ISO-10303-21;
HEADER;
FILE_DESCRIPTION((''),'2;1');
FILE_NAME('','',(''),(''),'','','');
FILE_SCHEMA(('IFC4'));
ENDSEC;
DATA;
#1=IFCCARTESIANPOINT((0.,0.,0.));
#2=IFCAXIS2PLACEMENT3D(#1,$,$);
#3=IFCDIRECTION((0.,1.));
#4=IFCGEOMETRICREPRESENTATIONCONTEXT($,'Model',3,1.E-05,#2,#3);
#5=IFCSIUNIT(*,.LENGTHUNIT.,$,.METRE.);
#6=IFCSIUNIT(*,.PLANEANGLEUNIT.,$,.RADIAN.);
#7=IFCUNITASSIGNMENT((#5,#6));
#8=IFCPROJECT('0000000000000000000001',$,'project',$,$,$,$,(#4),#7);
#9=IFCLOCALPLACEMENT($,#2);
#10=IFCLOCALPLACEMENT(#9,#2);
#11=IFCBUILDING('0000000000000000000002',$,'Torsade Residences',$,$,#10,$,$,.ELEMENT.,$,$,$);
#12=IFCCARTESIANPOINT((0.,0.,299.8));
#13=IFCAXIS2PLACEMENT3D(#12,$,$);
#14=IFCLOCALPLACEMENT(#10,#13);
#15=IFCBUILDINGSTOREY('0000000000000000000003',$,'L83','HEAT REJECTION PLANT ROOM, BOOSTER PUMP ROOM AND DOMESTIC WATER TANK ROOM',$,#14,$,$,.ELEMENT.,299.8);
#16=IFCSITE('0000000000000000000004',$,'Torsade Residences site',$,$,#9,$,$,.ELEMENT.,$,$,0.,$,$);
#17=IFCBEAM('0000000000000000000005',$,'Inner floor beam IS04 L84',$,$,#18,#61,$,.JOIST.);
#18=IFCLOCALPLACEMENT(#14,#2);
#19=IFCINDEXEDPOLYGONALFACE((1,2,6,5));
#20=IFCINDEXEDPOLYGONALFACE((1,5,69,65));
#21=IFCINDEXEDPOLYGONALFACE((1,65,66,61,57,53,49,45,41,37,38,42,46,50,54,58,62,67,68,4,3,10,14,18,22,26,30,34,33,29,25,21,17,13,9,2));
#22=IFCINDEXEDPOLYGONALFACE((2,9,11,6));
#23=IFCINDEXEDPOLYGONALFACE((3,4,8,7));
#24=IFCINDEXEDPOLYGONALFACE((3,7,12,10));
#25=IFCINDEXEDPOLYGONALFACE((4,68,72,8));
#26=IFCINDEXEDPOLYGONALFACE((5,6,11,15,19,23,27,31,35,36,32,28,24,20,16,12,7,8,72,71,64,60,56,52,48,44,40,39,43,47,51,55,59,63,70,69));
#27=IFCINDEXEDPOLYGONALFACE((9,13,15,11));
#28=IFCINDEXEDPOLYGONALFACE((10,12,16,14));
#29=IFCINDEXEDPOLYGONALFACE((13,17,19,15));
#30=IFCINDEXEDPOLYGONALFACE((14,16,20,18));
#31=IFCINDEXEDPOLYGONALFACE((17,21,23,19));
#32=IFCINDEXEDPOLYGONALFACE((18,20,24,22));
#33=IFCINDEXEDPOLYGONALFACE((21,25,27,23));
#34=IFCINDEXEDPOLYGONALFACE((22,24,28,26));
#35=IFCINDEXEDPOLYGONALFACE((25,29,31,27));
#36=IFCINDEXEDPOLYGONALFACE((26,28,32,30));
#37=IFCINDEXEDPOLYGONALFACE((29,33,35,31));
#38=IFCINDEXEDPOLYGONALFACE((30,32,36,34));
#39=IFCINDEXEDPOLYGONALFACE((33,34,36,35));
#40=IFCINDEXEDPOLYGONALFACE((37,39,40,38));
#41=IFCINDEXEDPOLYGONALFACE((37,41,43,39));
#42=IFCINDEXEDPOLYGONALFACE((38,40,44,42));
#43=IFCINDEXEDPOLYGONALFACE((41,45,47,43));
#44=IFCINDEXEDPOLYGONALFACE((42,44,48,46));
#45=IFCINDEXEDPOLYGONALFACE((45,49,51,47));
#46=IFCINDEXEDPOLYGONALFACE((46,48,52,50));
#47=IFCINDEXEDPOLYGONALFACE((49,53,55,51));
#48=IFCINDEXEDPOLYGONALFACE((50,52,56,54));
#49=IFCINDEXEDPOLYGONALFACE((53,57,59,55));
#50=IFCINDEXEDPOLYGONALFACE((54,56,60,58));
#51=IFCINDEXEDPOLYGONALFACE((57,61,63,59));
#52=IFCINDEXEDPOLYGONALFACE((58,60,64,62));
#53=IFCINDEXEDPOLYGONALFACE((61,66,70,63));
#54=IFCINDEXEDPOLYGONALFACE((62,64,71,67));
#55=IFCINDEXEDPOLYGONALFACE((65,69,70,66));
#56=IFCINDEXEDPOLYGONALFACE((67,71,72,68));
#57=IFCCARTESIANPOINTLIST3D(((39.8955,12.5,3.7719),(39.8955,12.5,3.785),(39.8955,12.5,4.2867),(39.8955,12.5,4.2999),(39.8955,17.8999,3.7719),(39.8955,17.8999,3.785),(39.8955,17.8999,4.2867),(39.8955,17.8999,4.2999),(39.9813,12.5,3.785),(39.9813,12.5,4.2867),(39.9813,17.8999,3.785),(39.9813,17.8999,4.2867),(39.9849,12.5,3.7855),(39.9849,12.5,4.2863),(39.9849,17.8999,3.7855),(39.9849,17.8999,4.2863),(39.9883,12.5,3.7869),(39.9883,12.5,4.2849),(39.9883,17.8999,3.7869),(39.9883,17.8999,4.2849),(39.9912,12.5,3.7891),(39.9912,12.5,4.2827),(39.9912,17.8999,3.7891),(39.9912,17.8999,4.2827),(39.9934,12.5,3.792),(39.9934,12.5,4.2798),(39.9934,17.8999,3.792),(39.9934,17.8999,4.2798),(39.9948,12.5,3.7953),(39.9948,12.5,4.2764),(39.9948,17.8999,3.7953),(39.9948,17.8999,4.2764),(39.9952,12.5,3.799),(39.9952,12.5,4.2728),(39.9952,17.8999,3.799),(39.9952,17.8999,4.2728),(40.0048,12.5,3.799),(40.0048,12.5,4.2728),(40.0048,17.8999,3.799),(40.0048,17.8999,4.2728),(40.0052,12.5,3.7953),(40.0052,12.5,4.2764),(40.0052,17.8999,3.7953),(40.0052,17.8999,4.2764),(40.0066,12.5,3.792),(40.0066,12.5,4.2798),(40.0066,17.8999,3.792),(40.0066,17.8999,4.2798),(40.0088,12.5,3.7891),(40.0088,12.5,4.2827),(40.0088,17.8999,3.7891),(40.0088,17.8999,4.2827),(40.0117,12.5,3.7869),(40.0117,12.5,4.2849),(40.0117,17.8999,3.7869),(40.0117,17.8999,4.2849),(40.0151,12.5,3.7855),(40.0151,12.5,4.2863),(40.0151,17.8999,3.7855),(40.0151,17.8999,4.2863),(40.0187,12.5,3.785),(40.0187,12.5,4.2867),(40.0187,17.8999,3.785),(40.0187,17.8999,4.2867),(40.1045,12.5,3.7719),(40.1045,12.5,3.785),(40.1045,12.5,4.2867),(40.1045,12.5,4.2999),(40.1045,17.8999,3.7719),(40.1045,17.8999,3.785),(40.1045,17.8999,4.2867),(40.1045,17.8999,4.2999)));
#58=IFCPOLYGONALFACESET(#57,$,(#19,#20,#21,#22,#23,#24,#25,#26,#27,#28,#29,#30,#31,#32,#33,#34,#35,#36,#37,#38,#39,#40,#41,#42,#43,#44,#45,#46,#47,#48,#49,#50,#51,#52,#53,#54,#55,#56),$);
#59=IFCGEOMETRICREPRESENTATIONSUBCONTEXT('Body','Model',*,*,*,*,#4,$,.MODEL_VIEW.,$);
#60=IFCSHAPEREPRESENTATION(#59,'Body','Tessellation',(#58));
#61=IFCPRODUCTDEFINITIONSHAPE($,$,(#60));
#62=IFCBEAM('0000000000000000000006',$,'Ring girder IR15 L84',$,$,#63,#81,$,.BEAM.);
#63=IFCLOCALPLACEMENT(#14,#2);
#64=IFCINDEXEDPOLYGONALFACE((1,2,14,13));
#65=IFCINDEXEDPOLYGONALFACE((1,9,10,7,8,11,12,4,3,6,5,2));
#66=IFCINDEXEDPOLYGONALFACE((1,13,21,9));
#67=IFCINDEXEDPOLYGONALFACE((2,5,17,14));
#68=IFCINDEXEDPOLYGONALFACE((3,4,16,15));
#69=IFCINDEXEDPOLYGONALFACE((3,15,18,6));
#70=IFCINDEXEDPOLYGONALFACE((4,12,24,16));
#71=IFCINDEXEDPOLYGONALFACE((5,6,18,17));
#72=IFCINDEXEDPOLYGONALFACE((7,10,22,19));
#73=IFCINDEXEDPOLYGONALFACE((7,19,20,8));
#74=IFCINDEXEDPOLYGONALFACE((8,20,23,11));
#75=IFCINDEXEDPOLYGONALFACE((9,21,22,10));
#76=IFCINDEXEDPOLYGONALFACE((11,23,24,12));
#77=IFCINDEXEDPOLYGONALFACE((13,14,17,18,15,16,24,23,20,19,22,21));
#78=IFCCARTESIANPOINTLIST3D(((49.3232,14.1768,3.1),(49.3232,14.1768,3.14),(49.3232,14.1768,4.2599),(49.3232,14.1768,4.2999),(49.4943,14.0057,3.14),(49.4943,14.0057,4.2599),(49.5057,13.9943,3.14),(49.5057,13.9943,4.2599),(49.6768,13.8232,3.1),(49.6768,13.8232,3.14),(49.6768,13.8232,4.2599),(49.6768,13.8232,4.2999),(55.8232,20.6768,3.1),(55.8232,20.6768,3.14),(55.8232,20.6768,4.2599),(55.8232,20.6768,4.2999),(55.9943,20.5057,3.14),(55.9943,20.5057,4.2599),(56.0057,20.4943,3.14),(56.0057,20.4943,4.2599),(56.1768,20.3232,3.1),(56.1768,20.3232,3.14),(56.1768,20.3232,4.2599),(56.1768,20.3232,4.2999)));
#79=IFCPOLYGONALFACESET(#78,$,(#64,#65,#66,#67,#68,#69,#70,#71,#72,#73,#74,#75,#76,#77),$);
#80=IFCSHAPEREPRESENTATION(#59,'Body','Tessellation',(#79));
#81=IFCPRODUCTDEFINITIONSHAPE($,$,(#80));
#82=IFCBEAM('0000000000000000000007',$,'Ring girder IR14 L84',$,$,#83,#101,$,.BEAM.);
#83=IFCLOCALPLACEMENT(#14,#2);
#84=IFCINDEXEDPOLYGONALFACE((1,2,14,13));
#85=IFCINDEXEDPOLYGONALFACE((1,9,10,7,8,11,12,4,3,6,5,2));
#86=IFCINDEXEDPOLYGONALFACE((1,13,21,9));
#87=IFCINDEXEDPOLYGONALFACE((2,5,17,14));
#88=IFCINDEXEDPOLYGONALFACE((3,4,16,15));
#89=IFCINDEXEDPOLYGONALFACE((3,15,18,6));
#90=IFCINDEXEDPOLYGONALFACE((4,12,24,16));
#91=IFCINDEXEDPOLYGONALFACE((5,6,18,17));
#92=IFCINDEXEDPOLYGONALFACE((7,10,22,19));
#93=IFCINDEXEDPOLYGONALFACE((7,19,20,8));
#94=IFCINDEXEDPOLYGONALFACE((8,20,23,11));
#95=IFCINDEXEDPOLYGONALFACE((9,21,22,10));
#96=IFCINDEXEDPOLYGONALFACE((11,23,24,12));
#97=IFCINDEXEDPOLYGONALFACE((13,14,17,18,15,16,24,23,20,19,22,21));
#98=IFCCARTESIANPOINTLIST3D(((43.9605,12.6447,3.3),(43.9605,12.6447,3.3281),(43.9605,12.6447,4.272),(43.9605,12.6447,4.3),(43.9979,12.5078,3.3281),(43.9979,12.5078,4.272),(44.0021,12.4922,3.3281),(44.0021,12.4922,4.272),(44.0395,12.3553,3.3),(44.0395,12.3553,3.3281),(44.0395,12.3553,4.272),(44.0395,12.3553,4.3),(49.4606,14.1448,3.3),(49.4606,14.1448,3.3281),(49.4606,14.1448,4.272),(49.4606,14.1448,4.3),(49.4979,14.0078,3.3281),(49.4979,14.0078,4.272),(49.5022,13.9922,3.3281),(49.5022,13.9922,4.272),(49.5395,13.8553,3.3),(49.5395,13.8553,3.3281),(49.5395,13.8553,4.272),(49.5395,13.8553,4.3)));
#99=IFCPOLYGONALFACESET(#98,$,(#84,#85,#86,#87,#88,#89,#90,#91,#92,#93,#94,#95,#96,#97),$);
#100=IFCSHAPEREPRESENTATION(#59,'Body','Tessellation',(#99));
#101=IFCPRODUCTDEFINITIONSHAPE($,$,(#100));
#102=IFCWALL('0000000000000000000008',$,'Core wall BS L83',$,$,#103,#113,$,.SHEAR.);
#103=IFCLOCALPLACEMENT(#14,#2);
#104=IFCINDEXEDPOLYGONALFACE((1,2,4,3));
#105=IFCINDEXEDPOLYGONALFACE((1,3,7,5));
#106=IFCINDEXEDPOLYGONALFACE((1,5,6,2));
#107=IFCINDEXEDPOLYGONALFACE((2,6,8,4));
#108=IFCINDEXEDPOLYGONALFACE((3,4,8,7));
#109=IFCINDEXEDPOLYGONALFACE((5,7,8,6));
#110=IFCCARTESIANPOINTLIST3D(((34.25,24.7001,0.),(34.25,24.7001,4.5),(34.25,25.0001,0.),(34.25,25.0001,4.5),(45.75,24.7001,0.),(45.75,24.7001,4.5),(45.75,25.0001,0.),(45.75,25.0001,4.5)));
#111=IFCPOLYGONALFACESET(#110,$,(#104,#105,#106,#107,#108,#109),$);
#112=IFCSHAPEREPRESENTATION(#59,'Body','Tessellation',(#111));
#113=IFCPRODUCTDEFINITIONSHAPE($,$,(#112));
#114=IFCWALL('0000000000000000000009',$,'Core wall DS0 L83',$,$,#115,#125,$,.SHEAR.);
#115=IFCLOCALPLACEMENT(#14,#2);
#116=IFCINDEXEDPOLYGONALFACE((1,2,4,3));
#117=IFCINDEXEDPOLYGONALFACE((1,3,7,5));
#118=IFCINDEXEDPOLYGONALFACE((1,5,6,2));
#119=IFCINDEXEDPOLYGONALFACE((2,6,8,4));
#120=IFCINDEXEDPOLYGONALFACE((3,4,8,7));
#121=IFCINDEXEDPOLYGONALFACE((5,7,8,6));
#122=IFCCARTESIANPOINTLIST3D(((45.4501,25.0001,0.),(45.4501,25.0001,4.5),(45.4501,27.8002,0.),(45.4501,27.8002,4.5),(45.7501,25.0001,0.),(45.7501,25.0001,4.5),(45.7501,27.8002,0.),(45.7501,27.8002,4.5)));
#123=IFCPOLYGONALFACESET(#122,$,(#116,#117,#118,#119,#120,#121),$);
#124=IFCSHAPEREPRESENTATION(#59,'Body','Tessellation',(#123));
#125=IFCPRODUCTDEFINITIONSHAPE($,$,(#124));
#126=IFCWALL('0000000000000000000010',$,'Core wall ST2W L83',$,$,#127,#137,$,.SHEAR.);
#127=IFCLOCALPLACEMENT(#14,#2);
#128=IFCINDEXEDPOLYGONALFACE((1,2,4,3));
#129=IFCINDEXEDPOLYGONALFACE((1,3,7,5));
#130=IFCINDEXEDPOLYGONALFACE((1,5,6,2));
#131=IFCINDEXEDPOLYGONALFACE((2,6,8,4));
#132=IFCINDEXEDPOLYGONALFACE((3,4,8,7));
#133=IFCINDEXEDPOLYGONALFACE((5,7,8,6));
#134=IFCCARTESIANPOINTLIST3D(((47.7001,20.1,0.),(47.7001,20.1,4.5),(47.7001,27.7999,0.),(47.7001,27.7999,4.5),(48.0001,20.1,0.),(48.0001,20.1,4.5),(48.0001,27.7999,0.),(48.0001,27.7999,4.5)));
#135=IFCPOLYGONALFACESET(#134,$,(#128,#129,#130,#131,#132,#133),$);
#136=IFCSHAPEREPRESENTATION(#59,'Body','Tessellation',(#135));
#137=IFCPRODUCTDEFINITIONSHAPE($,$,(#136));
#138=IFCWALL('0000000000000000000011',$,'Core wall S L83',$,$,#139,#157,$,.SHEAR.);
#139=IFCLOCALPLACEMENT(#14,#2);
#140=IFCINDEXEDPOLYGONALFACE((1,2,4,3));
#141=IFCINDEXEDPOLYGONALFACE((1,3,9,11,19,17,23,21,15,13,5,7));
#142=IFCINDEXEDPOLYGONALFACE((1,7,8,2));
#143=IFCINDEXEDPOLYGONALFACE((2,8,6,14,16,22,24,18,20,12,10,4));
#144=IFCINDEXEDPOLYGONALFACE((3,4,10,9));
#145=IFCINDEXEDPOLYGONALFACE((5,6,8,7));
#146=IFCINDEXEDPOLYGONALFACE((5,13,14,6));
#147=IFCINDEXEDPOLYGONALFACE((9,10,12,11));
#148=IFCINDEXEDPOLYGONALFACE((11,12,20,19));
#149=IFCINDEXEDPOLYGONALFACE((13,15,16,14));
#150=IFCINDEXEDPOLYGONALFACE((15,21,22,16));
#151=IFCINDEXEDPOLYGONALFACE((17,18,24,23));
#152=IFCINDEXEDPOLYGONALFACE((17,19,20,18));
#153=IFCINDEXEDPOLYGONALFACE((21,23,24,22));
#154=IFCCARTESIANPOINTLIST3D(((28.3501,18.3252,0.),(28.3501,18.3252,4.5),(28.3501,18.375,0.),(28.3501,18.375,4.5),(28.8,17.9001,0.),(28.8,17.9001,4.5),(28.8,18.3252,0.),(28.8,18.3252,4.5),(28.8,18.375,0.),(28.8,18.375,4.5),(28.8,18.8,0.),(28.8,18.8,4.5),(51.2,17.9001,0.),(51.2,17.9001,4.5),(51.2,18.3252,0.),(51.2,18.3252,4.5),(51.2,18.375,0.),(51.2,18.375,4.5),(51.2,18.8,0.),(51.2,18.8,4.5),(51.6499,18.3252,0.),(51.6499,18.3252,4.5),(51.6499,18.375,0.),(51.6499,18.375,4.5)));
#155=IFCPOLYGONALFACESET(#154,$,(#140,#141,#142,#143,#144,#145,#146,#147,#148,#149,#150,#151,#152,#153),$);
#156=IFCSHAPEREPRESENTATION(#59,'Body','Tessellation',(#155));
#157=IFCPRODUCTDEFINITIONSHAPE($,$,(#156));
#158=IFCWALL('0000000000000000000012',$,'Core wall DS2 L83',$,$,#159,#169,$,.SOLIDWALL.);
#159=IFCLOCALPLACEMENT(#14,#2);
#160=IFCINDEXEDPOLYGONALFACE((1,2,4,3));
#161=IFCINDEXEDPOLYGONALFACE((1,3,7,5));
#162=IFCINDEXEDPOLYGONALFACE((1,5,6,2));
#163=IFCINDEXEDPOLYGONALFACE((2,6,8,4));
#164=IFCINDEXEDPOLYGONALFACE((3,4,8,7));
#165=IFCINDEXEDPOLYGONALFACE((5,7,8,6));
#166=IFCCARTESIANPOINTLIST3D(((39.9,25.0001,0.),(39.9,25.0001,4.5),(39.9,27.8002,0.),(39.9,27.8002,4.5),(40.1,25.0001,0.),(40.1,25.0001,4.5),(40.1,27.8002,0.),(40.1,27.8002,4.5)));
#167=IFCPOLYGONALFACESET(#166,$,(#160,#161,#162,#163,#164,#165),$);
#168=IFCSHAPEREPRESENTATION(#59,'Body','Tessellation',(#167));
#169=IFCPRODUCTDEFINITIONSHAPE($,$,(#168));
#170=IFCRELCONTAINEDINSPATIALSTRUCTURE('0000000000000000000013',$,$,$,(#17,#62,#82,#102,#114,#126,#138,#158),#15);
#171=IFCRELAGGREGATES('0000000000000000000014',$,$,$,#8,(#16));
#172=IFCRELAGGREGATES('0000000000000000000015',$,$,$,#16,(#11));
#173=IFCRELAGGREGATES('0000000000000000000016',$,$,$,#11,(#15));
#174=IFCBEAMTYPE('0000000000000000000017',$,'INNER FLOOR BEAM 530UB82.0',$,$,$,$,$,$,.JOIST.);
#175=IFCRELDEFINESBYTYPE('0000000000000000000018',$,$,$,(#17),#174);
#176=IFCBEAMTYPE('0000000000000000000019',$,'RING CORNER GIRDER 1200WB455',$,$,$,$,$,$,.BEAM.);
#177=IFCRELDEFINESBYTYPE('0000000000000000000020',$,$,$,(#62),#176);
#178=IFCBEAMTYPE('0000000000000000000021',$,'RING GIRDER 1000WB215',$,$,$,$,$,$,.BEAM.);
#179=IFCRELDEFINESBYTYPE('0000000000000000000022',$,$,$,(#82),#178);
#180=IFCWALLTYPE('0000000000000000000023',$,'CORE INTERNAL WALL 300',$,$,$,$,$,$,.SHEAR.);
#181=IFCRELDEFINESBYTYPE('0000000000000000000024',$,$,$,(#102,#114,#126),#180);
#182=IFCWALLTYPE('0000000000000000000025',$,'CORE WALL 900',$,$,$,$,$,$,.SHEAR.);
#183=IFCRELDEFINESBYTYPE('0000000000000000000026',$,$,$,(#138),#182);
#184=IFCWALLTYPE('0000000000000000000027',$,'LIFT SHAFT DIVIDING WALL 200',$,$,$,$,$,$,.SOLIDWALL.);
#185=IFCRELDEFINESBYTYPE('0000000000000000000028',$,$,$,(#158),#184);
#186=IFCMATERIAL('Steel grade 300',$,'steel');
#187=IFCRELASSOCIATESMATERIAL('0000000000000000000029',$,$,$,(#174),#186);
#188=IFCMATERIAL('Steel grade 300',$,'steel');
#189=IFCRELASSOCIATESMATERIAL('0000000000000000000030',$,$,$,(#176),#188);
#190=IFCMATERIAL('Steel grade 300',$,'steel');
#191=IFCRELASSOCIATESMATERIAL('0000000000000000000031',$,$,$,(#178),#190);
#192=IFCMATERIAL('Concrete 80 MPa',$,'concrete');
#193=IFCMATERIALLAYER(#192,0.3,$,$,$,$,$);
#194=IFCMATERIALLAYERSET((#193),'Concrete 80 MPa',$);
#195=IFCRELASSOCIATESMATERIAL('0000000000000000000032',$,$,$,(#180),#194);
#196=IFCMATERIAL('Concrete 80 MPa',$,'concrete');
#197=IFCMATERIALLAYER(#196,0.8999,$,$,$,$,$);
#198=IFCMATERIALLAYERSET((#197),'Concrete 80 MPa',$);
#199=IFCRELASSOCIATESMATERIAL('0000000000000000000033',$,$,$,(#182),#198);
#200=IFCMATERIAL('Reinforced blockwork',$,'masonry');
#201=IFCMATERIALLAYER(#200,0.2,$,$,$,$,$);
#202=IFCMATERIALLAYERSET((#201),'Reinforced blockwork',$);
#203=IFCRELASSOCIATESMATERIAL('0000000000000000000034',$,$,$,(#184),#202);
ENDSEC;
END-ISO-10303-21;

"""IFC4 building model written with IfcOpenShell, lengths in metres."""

from ifc_helpers import new_model, si_unit, direction, frame, frame_2d, origin, origin_2d, place, context, subcontext, project, spatial, polyline, rectangle, i_section, outline, extrude, material, layer, layer_set, material_profile, profile_set, type_object, element, save


model = new_model("IFC4")

# Units and contexts
model_context = context("Model", 3, precision=1e-05, world=origin(), true_north=direction((0.0, 1.0)))
body_context = subcontext(model_context, "Body", "Model", "MODEL_VIEW")
ifc_project = project(units=[si_unit("LENGTHUNIT", "METRE"), si_unit("PLANEANGLEUNIT", "RADIAN")], contexts=[model_context])

# Site, building, storey
site_placement = place(None, origin())
site = spatial("IfcSite", under=ifc_project, at=site_placement, Name="Torsade Residences site", CompositionType="ELEMENT", RefElevation=0.0)
building_placement = place(site_placement, origin())
building = spatial("IfcBuilding", under=site, at=building_placement, Name="Torsade Residences", CompositionType="ELEMENT")
storey_placement = place(building_placement, frame((0.0, 0.0, 299.8)))
storey = spatial("IfcBuildingStorey", under=building, at=storey_placement, Name="L83", Description="HEAT REJECTION PLANT ROOM, BOOSTER PUMP ROOM AND DOMESTIC WATER TANK ROOM", CompositionType="ELEMENT", Elevation=299.8)

# Beams
ifc_material_1 = material(Name="Steel grade 300", Category="steel")
ifc_material_profile_1 = material_profile(ifc_material_1, i_section(OverallWidth=0.209, OverallDepth=0.5281, WebThickness=0.0095, FlangeThickness=0.0132, FilletRadius=0.0139, at=origin_2d()), Name="530UB82.0")
ifc_profile_set_1 = profile_set([ifc_material_profile_1], Name="Steel grade 300")
beam_type_1 = type_object("IfcBeamType", Name="INNER FLOOR BEAM 530UB82.0", PredefinedType="JOIST", material=ifc_profile_set_1)
for number, where, z_axis, x_axis, name in (
    (1, (40.0, 17.8999, 4.0359), (0.0, -1.0, 0.0), (1.0, 0.0, 0.0), "Inner floor beam IS04 L84"),
):
    element("IfcBeam", number, at=place(storey_placement, frame(where, z_axis=z_axis, x_axis=x_axis)), inside=storey, type_object=beam_type_1, Name=name, PredefinedType="JOIST", context=body_context, shape_type="SweptSolid", body=[
        extrude(i_section(OverallWidth=0.209, OverallDepth=0.5281, WebThickness=0.0095, FlangeThickness=0.0132, FilletRadius=0.0139, at=origin_2d()), origin(), (0.0, 0.0, 1.0), 5.3999),
    ])
ifc_material_2 = material(Name="Steel grade 300", Category="steel")
ifc_material_profile_2 = material_profile(ifc_material_2, i_section(OverallWidth=0.5, OverallDepth=1.2, WebThickness=0.0161, FlangeThickness=0.04, at=origin_2d()), Name="1200WB455")
ifc_profile_set_2 = profile_set([ifc_material_profile_2], Name="Steel grade 300")
beam_type_2 = type_object("IfcBeamType", Name="RING CORNER GIRDER 1200WB455", PredefinedType="BEAM", material=ifc_profile_set_2)
beam_1_placement = place(storey_placement, frame((49.5, 14.0, 3.7), z_axis=(0.707107, 0.707107, 0.0), x_axis=(-0.707107, 0.707107, 0.0)))
element("IfcBeam", 2, at=beam_1_placement, inside=storey, type_object=beam_type_2, Name="Ring girder IR15 L84", PredefinedType="BEAM", context=body_context, shape_type="SweptSolid", body=[
    extrude(i_section(OverallWidth=0.5, OverallDepth=1.2, WebThickness=0.0161, FlangeThickness=0.04, at=origin_2d()), origin(), (0.0, 0.0, 1.0), 9.1924),
])
ifc_material_3 = material(Name="Steel grade 300", Category="steel")
ifc_material_profile_3 = material_profile(ifc_material_3, i_section(OverallWidth=0.3, OverallDepth=1.0, WebThickness=0.0161, FlangeThickness=0.0281, at=origin_2d()), Name="1000WB215")
ifc_profile_set_3 = profile_set([ifc_material_profile_3], Name="Steel grade 300")
beam_type_3 = type_object("IfcBeamType", Name="RING GIRDER 1000WB215", PredefinedType="BEAM", material=ifc_profile_set_3)
beam_2_placement = place(storey_placement, frame((44.0, 12.5, 3.8), z_axis=(0.964764, 0.263117, 0.0), x_axis=(-0.263117, 0.964764, 0.0)))
element("IfcBeam", 3, at=beam_2_placement, inside=storey, type_object=beam_type_3, Name="Ring girder IR14 L84", PredefinedType="BEAM", context=body_context, shape_type="SweptSolid", body=[
    extrude(i_section(OverallWidth=0.3, OverallDepth=1.0, WebThickness=0.0161, FlangeThickness=0.0281, at=origin_2d()), origin(), (0.0, 0.0, 1.0), 5.7009),
])

# Walls
ifc_material_4 = material(Name="Concrete 80 MPa", Category="concrete")
ifc_layer_1 = layer(ifc_material_4, 0.3)
ifc_layer_set_1 = layer_set([ifc_layer_1], Name="Concrete 80 MPa")
wall_type_1 = type_object("IfcWallType", Name="CORE INTERNAL WALL 300", PredefinedType="SHEAR", material=ifc_layer_set_1)
wall_1_placement = place(storey_placement, frame((45.75, 24.8501, 0.0), z_axis=(0.0, 0.0, 1.0), x_axis=(-1.0, 0.0, 0.0)))
element("IfcWall", 4, at=wall_1_placement, inside=storey, type_object=wall_type_1, Name="Core wall BS L83", PredefinedType="SHEAR", context=body_context, shape_type="SweptSolid", body=[
    extrude(rectangle(XDim=11.5, YDim=0.3, at=frame_2d((5.75, 0.0))), origin(), (0.0, 0.0, 1.0), 4.5),
])
wall_2_placement = place(storey_placement, frame((45.6001, 27.8, 0.0), z_axis=(0.0, 0.0, 1.0), x_axis=(0.0, -1.0, 0.0)))
element("IfcWall", 5, at=wall_2_placement, inside=storey, type_object=wall_type_1, Name="Core wall DS0 L83", PredefinedType="SHEAR", context=body_context, shape_type="SweptSolid", body=[
    extrude(rectangle(XDim=2.8, YDim=0.3, at=frame_2d((1.3999, 0.0))), origin(), (0.0, 0.0, 1.0), 4.5),
])
wall_3_placement = place(storey_placement, frame((47.8501, 27.8, 0.0), z_axis=(0.0, 0.0, 1.0), x_axis=(0.0, -1.0, 0.0)))
element("IfcWall", 6, at=wall_3_placement, inside=storey, type_object=wall_type_1, Name="Core wall ST2W L83", PredefinedType="SHEAR", context=body_context, shape_type="SweptSolid", body=[
    extrude(rectangle(XDim=7.7, YDim=0.3, at=frame_2d((3.8501, 0.0))), origin(), (0.0, 0.0, 1.0), 4.5),
])
ifc_material_5 = material(Name="Concrete 80 MPa", Category="concrete")
ifc_layer_2 = layer(ifc_material_5, 0.8999)
ifc_layer_set_2 = layer_set([ifc_layer_2], Name="Concrete 80 MPa")
wall_type_2 = type_object("IfcWallType", Name="CORE WALL 900", PredefinedType="SHEAR", material=ifc_layer_set_2)
wall_4_placement = place(storey_placement, frame((51.2, 18.3501, 0.0), z_axis=(0.0, 0.0, 1.0), x_axis=(-1.0, 0.0, 0.0)))
element("IfcWall", 7, at=wall_4_placement, inside=storey, type_object=wall_type_2, Name="Core wall S L83", PredefinedType="SHEAR", context=body_context, shape_type="SweptSolid", body=[
    extrude(outline(polyline([(0.0, -0.45), (22.3999, -0.45), (22.3999, -0.0249), (22.8499, -0.0249), (22.8499, 0.0249), (22.3999, 0.0249), (22.3999, 0.45), (0.0, 0.45), (0.0, 0.0249), (-0.45, 0.0249), (-0.45, -0.0249), (0.0, -0.0249), (0.0, -0.45)])), origin(), (0.0, 0.0, 1.0), 4.5),
])
ifc_material_6 = material(Name="Reinforced blockwork", Category="masonry")
ifc_layer_3 = layer(ifc_material_6, 0.2)
ifc_layer_set_3 = layer_set([ifc_layer_3], Name="Reinforced blockwork")
wall_type_3 = type_object("IfcWallType", Name="LIFT SHAFT DIVIDING WALL 200", PredefinedType="SOLIDWALL", material=ifc_layer_set_3)
wall_5_placement = place(storey_placement, frame((40.0, 27.8, 0.0), z_axis=(0.0, 0.0, 1.0), x_axis=(0.0, -1.0, 0.0)))
element("IfcWall", 8, at=wall_5_placement, inside=storey, type_object=wall_type_3, Name="Core wall DS2 L83", PredefinedType="SOLIDWALL", context=body_context, shape_type="SweptSolid", body=[
    extrude(rectangle(XDim=2.8, YDim=0.2, at=frame_2d((1.3999, 0.0))), origin(), (0.0, 0.0, 1.0), 4.5),
])

save(model, "model.ifc")
